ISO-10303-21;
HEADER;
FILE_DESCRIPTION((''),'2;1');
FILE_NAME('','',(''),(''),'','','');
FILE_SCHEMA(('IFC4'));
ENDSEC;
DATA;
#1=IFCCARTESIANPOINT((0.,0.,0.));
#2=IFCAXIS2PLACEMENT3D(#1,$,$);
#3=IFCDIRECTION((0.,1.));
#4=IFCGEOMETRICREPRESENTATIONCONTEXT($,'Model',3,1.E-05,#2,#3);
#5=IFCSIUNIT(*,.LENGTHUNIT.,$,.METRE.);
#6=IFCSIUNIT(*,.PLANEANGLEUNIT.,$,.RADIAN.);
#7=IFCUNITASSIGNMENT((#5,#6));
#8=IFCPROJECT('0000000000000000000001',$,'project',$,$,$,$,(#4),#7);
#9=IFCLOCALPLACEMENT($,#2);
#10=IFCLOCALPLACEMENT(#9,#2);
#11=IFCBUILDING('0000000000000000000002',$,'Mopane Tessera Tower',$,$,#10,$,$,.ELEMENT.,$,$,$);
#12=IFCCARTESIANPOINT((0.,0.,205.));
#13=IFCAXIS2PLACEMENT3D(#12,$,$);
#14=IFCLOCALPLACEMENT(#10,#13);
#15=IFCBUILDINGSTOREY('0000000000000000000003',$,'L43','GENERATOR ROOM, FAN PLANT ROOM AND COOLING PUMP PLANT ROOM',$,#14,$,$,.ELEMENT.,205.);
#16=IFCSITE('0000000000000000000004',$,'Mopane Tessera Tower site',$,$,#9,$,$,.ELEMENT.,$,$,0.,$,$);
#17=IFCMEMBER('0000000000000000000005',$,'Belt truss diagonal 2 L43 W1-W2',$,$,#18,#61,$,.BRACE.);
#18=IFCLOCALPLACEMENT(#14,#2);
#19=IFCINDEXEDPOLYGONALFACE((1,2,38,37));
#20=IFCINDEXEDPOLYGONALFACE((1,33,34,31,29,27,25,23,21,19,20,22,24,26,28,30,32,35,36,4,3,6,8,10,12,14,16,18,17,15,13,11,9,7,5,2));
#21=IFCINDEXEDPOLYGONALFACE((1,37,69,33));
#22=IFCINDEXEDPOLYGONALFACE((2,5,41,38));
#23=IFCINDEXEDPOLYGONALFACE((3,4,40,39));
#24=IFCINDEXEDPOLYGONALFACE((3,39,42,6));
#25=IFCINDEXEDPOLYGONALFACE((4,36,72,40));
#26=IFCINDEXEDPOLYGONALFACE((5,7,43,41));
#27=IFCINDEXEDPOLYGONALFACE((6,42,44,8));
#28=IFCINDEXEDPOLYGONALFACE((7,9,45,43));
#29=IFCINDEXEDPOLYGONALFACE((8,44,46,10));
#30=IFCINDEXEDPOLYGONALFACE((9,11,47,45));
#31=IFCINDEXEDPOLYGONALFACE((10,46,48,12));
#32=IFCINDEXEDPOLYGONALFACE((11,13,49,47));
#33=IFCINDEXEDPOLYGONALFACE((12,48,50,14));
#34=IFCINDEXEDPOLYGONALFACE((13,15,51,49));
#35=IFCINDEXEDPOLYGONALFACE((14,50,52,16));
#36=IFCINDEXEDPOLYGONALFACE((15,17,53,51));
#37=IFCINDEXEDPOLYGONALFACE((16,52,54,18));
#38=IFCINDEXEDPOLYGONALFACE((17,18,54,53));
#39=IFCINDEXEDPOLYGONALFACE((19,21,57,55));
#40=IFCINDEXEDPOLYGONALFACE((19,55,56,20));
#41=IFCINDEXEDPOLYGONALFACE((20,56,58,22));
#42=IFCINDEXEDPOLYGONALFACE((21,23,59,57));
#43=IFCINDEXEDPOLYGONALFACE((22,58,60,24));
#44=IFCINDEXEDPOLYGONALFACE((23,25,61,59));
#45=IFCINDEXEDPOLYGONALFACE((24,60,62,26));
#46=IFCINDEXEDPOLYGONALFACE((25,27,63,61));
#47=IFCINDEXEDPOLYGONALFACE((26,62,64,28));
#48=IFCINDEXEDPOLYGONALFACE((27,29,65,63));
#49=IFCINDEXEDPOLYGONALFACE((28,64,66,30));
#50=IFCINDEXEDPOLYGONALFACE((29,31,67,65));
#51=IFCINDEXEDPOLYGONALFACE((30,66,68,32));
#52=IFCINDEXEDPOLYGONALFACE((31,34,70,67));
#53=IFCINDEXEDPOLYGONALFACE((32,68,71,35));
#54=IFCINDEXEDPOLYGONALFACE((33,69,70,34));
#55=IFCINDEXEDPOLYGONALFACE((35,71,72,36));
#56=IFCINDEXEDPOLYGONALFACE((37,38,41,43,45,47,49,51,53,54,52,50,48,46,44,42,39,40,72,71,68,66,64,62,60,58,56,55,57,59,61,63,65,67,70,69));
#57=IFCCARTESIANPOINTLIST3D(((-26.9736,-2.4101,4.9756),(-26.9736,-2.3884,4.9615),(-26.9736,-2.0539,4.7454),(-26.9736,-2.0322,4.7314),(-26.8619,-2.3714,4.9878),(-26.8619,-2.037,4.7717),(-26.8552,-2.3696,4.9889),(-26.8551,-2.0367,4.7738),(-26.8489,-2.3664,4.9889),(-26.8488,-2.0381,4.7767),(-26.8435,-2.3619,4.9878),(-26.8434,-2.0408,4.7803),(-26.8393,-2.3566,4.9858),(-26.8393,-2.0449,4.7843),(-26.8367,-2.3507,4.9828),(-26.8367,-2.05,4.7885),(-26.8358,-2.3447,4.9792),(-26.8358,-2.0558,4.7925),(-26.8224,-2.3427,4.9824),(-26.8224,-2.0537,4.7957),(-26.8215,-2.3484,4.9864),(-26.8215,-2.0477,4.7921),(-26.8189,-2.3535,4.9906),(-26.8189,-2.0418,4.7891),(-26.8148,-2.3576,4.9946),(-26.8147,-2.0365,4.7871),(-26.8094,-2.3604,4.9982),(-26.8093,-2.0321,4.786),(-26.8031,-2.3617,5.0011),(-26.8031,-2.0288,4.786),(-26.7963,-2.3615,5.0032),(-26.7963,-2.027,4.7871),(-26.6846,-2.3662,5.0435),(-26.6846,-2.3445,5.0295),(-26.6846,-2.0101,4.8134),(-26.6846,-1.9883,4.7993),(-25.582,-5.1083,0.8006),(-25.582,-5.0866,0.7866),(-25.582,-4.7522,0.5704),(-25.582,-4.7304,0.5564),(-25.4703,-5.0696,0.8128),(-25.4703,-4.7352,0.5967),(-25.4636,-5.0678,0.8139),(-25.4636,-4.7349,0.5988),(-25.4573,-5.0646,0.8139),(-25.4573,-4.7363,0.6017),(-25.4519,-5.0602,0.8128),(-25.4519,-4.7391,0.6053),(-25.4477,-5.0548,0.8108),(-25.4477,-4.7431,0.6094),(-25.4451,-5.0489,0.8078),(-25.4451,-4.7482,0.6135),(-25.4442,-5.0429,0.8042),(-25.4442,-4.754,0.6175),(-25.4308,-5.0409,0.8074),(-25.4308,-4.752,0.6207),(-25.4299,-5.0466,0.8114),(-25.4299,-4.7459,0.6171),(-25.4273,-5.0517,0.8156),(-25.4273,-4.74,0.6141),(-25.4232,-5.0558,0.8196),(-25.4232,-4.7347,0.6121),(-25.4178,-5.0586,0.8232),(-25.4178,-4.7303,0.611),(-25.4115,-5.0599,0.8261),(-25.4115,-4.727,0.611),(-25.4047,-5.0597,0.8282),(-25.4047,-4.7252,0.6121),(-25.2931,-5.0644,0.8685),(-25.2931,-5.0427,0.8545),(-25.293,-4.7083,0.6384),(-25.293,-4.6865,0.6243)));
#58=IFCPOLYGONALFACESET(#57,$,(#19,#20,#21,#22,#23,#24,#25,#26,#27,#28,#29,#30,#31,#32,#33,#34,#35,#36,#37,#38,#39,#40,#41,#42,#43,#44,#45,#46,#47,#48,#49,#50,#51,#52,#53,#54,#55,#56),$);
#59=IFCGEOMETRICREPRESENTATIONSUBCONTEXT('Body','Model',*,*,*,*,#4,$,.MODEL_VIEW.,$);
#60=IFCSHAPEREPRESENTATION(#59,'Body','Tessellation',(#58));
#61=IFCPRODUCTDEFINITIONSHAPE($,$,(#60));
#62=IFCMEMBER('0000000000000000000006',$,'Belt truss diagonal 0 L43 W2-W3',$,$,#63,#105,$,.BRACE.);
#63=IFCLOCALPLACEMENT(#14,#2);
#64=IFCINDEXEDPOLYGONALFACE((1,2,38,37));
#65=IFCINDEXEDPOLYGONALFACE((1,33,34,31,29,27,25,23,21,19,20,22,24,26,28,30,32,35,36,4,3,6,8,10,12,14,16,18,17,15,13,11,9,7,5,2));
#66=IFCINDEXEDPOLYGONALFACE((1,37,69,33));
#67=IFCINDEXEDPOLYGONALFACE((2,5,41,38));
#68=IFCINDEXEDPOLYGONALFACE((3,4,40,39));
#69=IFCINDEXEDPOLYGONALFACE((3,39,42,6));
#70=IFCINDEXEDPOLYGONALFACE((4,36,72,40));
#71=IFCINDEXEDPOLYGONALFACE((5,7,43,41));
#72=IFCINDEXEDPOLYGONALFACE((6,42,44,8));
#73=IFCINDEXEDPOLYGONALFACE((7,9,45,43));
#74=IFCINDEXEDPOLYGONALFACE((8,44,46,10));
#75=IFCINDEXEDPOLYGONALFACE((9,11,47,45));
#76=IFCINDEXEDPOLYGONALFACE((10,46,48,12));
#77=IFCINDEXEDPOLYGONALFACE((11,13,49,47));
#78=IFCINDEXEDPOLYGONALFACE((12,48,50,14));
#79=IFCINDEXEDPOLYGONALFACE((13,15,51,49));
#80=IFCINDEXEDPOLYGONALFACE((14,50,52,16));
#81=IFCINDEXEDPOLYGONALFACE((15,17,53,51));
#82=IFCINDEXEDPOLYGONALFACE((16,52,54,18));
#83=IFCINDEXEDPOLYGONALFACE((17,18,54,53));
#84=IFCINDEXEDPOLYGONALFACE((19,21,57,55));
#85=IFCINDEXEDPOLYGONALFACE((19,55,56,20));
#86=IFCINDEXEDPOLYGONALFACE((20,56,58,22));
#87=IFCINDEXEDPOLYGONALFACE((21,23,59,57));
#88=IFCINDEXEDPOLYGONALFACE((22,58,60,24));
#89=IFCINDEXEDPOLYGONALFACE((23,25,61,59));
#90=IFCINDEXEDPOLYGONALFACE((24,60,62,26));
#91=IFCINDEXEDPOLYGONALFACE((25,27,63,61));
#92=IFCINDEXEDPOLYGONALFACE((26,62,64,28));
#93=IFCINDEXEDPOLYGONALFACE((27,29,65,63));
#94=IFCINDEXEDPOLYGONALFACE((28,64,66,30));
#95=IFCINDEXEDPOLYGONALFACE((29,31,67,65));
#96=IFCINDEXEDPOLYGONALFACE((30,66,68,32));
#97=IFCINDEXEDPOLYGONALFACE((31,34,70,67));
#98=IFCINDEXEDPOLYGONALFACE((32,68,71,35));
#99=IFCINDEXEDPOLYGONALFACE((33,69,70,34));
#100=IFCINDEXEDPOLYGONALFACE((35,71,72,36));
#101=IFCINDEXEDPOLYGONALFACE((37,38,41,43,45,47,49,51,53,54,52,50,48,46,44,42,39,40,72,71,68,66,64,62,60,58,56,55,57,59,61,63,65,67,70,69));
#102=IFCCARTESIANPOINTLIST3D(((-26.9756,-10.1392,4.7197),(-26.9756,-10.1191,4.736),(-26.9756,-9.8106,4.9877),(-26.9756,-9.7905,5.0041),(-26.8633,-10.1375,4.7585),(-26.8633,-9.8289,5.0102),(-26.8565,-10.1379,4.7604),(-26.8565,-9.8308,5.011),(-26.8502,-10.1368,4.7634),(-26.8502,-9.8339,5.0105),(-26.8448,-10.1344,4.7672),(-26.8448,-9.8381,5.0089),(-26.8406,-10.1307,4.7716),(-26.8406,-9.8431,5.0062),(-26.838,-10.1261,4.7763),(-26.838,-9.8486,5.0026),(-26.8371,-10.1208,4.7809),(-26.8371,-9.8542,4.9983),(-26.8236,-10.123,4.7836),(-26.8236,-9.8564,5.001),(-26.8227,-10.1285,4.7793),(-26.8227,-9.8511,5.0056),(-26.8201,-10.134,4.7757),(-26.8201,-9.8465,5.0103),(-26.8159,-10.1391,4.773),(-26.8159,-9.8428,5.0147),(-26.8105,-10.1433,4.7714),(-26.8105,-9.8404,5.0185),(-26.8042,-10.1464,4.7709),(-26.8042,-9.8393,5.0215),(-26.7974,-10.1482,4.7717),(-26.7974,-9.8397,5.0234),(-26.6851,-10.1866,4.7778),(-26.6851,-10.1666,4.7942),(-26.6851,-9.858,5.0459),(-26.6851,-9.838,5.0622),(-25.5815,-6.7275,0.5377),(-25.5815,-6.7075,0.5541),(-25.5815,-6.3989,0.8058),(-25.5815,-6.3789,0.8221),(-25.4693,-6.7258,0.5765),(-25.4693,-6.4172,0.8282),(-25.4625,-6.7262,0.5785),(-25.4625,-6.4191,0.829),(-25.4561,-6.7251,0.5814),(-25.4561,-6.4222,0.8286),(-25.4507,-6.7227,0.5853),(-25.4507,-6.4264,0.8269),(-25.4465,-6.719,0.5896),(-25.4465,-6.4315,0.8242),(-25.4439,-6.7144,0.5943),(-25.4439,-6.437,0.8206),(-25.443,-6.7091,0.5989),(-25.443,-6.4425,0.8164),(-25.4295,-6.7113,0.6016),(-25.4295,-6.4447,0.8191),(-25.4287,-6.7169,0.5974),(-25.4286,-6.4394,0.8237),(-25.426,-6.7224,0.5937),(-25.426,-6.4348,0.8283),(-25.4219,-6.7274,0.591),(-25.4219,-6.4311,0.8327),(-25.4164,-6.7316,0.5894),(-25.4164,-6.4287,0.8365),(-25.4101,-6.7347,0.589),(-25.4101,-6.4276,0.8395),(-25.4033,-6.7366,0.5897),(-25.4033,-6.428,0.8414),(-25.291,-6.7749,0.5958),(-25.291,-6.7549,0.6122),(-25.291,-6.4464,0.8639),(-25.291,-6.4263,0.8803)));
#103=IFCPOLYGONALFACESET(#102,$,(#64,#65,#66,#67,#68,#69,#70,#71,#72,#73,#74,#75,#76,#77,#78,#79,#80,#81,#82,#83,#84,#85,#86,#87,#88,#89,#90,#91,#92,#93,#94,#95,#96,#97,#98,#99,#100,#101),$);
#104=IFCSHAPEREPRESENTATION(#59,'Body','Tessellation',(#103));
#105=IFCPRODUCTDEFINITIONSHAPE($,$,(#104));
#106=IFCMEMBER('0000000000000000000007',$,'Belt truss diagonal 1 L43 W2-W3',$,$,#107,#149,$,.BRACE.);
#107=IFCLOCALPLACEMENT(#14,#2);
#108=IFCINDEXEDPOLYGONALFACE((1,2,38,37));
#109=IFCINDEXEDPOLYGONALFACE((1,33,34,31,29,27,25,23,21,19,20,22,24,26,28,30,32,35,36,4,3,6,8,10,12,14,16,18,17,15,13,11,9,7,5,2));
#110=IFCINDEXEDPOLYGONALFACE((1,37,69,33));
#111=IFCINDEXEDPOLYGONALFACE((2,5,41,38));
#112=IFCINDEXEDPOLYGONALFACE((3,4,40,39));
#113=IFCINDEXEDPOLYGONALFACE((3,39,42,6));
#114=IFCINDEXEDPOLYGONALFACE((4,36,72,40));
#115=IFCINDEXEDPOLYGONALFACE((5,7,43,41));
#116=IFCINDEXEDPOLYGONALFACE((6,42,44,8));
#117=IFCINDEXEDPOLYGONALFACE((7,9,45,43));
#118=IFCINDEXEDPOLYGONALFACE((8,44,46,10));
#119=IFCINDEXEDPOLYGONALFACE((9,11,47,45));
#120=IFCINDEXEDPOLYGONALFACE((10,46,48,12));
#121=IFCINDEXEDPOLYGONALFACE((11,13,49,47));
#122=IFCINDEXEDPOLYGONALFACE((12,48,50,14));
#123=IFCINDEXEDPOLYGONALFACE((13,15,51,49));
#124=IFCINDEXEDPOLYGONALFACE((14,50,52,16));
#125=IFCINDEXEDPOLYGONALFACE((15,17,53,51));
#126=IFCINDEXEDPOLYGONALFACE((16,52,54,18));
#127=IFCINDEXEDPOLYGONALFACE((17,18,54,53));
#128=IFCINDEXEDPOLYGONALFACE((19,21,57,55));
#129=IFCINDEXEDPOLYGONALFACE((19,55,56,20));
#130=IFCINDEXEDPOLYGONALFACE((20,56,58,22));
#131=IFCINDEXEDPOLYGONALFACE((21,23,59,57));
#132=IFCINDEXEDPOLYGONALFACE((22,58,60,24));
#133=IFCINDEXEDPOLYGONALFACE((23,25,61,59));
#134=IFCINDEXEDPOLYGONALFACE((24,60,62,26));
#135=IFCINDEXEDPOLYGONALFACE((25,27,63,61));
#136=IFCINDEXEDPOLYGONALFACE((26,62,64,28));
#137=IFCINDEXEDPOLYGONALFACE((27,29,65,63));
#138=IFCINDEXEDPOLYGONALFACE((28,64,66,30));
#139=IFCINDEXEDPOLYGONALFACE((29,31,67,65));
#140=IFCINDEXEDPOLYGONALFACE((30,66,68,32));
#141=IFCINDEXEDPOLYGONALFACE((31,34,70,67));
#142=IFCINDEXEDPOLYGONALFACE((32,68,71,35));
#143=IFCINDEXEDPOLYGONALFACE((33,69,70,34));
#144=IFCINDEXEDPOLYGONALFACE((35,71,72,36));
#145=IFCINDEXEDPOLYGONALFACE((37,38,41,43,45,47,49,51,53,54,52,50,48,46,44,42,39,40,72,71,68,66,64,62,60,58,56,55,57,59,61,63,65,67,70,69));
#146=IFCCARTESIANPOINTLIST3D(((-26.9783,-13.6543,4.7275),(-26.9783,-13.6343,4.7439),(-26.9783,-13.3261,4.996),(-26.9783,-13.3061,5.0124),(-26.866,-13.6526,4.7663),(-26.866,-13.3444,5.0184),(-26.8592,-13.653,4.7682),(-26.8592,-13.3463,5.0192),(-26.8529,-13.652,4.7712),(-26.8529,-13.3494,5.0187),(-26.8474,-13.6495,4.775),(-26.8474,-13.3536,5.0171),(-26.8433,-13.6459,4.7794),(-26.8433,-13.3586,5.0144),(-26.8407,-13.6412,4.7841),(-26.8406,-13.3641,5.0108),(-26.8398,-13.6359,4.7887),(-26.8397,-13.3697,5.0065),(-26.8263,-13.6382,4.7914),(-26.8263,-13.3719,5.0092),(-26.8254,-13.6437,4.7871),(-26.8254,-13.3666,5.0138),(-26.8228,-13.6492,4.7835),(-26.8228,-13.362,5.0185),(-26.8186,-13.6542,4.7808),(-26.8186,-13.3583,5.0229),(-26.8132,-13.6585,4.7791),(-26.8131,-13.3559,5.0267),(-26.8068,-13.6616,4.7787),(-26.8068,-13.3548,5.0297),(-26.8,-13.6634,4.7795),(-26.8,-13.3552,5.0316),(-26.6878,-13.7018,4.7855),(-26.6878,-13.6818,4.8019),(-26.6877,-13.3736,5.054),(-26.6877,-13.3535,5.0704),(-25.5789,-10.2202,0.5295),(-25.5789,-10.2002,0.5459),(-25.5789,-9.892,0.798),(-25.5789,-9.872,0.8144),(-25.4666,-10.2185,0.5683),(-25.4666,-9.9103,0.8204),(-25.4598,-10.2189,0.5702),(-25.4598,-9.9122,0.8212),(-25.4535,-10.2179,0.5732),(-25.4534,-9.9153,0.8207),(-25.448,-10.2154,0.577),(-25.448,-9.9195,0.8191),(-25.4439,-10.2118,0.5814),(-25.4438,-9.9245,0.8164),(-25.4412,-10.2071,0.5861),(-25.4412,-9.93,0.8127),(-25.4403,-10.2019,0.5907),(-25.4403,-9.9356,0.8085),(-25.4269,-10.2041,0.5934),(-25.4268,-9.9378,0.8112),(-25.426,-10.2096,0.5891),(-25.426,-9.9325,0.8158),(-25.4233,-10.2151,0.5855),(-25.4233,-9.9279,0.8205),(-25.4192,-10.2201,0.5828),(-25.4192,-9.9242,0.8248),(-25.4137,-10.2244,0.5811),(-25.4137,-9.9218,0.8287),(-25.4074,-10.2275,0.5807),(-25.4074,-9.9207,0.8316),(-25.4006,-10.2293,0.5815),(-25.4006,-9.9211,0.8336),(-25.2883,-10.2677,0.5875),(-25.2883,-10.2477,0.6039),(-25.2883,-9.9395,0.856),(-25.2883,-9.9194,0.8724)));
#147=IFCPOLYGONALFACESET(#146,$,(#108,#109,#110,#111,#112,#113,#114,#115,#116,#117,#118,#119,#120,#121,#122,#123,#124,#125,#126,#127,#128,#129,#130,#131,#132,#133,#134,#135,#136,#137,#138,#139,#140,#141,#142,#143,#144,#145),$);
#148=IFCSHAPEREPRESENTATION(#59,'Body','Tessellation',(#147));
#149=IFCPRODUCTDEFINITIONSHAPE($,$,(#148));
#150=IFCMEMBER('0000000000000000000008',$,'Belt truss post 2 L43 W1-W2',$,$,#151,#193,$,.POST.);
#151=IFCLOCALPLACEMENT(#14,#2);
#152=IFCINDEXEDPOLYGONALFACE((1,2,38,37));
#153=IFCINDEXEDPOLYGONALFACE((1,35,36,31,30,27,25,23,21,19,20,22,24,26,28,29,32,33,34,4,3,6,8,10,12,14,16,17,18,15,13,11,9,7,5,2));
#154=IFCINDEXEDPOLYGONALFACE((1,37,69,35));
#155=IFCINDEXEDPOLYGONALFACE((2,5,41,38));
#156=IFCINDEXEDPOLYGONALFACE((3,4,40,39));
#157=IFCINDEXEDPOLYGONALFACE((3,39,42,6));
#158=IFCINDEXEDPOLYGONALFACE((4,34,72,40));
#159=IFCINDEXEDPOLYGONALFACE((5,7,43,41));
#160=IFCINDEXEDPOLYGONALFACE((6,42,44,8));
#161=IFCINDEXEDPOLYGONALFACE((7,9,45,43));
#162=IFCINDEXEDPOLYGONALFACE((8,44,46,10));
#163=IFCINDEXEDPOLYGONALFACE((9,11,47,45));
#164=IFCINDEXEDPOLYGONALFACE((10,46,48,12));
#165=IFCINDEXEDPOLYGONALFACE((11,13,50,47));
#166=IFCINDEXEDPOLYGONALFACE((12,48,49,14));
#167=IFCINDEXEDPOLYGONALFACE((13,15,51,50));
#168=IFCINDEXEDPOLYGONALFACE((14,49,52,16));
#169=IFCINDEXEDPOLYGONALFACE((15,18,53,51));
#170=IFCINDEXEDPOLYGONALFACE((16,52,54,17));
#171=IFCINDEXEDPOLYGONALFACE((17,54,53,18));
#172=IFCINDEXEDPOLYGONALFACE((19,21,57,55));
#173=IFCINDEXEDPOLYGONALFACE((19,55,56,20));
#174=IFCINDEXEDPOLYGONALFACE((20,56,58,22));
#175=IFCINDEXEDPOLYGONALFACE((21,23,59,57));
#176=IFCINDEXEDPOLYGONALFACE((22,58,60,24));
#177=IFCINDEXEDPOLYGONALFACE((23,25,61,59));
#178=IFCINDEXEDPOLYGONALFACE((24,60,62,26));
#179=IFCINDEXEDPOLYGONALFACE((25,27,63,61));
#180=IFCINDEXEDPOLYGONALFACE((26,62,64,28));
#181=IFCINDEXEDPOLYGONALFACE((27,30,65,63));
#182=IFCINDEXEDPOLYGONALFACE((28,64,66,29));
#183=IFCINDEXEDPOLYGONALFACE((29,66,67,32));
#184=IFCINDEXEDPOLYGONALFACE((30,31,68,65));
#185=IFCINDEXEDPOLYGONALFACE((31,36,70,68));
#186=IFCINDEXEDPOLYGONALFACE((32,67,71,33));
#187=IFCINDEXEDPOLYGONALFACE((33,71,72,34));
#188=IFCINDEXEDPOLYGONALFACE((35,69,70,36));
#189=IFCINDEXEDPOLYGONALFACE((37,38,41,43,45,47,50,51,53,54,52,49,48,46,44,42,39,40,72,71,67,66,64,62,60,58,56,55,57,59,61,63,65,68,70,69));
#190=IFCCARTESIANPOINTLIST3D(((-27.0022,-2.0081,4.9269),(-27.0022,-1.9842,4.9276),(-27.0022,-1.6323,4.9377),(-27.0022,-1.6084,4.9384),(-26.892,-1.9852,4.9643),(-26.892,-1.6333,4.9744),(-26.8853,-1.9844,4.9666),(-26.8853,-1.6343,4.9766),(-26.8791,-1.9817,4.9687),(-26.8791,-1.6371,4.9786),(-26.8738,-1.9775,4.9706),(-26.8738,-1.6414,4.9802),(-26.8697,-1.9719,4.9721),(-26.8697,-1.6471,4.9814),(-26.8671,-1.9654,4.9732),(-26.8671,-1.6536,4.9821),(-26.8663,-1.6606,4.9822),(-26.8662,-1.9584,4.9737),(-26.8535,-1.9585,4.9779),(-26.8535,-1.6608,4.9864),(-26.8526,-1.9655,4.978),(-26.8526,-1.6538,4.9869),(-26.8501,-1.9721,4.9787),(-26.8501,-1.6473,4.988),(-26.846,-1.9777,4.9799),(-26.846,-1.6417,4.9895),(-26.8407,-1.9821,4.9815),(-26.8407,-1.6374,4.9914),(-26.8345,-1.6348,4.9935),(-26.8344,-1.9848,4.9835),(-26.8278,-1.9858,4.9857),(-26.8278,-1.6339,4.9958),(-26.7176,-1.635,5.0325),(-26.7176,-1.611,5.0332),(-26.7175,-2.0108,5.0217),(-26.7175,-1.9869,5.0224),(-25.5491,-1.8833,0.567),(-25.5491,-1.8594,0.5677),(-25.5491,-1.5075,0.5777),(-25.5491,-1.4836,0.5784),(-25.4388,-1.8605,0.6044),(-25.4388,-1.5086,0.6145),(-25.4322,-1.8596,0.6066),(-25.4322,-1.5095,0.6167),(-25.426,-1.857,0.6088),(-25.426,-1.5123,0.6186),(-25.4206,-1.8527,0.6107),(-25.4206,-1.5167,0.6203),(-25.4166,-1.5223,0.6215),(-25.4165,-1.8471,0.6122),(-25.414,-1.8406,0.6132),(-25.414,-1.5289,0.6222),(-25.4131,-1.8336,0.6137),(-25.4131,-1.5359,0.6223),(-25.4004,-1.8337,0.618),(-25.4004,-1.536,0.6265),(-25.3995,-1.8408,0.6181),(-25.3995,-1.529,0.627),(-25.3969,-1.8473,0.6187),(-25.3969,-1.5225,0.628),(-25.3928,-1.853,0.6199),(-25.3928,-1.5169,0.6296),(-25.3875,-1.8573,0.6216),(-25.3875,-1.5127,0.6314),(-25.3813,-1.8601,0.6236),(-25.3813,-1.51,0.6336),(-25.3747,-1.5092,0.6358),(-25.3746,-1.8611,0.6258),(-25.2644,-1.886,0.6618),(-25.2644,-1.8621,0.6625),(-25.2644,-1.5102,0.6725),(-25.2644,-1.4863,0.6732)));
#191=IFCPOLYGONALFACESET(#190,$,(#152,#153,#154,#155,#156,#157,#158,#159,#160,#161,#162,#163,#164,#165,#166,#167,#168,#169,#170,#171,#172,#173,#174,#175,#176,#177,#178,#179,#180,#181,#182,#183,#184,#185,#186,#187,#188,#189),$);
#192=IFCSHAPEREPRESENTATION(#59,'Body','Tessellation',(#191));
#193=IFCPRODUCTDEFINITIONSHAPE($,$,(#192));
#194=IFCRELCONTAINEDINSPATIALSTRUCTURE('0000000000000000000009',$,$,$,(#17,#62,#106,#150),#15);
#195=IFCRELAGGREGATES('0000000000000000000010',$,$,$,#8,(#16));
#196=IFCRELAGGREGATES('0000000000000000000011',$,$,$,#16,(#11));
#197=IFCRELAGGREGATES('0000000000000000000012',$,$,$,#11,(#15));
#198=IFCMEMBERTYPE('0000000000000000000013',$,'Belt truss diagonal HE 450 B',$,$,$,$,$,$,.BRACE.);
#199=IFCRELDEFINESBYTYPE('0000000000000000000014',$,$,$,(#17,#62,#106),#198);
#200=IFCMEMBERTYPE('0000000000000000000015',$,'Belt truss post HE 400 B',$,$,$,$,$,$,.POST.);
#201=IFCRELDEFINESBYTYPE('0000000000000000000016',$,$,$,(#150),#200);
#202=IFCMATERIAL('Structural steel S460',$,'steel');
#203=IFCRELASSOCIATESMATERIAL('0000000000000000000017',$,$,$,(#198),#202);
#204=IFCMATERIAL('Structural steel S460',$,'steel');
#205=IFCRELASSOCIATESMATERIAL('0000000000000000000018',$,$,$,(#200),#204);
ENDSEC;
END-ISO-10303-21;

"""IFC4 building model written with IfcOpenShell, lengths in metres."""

from ifc_helpers import new_model, si_unit, direction, frame, origin, origin_2d, place, context, subcontext, project, spatial, i_section, extrude, material, material_profile, profile_set, type_object, element, save


model = new_model("IFC4")

# Units and contexts
model_context = context("Model", 3, precision=1e-05, world=origin(), true_north=direction((0.0, 1.0)))
body_context = subcontext(model_context, "Body", "Model", "MODEL_VIEW")
ifc_project = project(units=[si_unit("LENGTHUNIT", "METRE"), si_unit("PLANEANGLEUNIT", "RADIAN")], contexts=[model_context])

# Site, building, storey
site_placement = place(None, origin())
site = spatial("IfcSite", under=ifc_project, at=site_placement, Name="Mopane Tessera Tower site", CompositionType="ELEMENT", RefElevation=0.0)
building_placement = place(site_placement, origin())
building = spatial("IfcBuilding", under=site, at=building_placement, Name="Mopane Tessera Tower", CompositionType="ELEMENT")
storey_placement = place(building_placement, frame((0.0, 0.0, 205.0)))
storey = spatial("IfcBuildingStorey", under=building, at=storey_placement, Name="L43", Description="GENERATOR ROOM, FAN PLANT ROOM AND COOLING PUMP PLANT ROOM", CompositionType="ELEMENT", Elevation=205.0)

# Members
ifc_material_1 = material(Name="Structural steel S460", Category="steel")
ifc_material_profile_1 = material_profile(ifc_material_1, i_section(OverallWidth=0.3, OverallDepth=0.45, WebThickness=0.0139, FlangeThickness=0.0259, FilletRadius=0.0271, at=origin_2d()))
ifc_profile_set_1 = profile_set([ifc_material_profile_1], Name="Structural steel S460")
member_type_1 = type_object("IfcMemberType", Name="Belt truss diagonal HE 450 B", PredefinedType="BRACE", material=ifc_profile_set_1)
member_1_placement = place(storey_placement, frame((-26.8291, -2.1992, 4.8875), z_axis=(0.269576, -0.522694, -0.808776), x_axis=(0.962979, 0.146287, 0.226432)))
element("IfcMember", 1, at=member_1_placement, inside=storey, type_object=member_type_1, Name="Belt truss diagonal 2 L43 W1-W2", PredefinedType="BRACE", context=body_context, shape_type="SweptSolid", body=[
    extrude(i_section(OverallWidth=0.3, OverallDepth=0.45, WebThickness=0.0139, FlangeThickness=0.0259, FilletRadius=0.0271, at=origin_2d()), origin(), (0.0, 0.0, 1.0), 5.1621),
])
member_2_placement = place(storey_placement, frame((-25.4363, -6.5769, 0.709), z_axis=(-0.250093, -0.612048, 0.750234), x_axis=(0.968222, -0.158109, 0.193772)))
element("IfcMember", 2, at=member_2_placement, inside=storey, type_object=member_type_1, Name="Belt truss diagonal 0 L43 W2-W3", PredefinedType="BRACE", context=body_context, shape_type="SweptSolid", body=[
    extrude(i_section(OverallWidth=0.3, OverallDepth=0.45, WebThickness=0.0139, FlangeThickness=0.0259, FilletRadius=0.0271, at=origin_2d()), origin(), (0.0, 0.0, 1.0), 5.5742),
])
member_3_placement = place(storey_placement, frame((-25.4336, -10.0698, 0.7009), z_axis=(-0.249838, -0.613088, 0.74947), x_axis=(0.968288, -0.158219, 0.193354)))
element("IfcMember", 3, at=member_3_placement, inside=storey, type_object=member_type_1, Name="Belt truss diagonal 1 L43 W2-W3", PredefinedType="BRACE", context=body_context, shape_type="SweptSolid", body=[
    extrude(i_section(OverallWidth=0.3, OverallDepth=0.45, WebThickness=0.0139, FlangeThickness=0.0259, FilletRadius=0.0271, at=origin_2d()), origin(), (0.0, 0.0, 1.0), 5.6013),
])
ifc_material_2 = material(Name="Structural steel S460", Category="steel")
ifc_material_profile_2 = material_profile(ifc_material_2, i_section(OverallWidth=0.3, OverallDepth=0.3999, WebThickness=0.0134, FlangeThickness=0.0239, FilletRadius=0.0271, at=origin_2d()))
ifc_profile_set_2 = profile_set([ifc_material_profile_2], Name="Structural steel S460")
member_type_2 = type_object("IfcMemberType", Name="Belt truss post HE 400 B", PredefinedType="POST", material=ifc_profile_set_2)
member_4_placement = place(storey_placement, frame((-25.4067, -1.6848, 0.6201), z_axis=(-0.316079, -0.027137, 0.948345), x_axis=(0.948733, -0.00898, 0.315952)))
element("IfcMember", 4, at=member_4_placement, inside=storey, type_object=member_type_2, Name="Belt truss post 2 L43 W1-W2", PredefinedType="POST", context=body_context, shape_type="SweptSolid", body=[
    extrude(i_section(OverallWidth=0.3, OverallDepth=0.3999, WebThickness=0.0134, FlangeThickness=0.0239, FilletRadius=0.0271, at=origin_2d()), origin(), (0.0, 0.0, 1.0), 4.5974),
])

save(model, "model.ifc")
